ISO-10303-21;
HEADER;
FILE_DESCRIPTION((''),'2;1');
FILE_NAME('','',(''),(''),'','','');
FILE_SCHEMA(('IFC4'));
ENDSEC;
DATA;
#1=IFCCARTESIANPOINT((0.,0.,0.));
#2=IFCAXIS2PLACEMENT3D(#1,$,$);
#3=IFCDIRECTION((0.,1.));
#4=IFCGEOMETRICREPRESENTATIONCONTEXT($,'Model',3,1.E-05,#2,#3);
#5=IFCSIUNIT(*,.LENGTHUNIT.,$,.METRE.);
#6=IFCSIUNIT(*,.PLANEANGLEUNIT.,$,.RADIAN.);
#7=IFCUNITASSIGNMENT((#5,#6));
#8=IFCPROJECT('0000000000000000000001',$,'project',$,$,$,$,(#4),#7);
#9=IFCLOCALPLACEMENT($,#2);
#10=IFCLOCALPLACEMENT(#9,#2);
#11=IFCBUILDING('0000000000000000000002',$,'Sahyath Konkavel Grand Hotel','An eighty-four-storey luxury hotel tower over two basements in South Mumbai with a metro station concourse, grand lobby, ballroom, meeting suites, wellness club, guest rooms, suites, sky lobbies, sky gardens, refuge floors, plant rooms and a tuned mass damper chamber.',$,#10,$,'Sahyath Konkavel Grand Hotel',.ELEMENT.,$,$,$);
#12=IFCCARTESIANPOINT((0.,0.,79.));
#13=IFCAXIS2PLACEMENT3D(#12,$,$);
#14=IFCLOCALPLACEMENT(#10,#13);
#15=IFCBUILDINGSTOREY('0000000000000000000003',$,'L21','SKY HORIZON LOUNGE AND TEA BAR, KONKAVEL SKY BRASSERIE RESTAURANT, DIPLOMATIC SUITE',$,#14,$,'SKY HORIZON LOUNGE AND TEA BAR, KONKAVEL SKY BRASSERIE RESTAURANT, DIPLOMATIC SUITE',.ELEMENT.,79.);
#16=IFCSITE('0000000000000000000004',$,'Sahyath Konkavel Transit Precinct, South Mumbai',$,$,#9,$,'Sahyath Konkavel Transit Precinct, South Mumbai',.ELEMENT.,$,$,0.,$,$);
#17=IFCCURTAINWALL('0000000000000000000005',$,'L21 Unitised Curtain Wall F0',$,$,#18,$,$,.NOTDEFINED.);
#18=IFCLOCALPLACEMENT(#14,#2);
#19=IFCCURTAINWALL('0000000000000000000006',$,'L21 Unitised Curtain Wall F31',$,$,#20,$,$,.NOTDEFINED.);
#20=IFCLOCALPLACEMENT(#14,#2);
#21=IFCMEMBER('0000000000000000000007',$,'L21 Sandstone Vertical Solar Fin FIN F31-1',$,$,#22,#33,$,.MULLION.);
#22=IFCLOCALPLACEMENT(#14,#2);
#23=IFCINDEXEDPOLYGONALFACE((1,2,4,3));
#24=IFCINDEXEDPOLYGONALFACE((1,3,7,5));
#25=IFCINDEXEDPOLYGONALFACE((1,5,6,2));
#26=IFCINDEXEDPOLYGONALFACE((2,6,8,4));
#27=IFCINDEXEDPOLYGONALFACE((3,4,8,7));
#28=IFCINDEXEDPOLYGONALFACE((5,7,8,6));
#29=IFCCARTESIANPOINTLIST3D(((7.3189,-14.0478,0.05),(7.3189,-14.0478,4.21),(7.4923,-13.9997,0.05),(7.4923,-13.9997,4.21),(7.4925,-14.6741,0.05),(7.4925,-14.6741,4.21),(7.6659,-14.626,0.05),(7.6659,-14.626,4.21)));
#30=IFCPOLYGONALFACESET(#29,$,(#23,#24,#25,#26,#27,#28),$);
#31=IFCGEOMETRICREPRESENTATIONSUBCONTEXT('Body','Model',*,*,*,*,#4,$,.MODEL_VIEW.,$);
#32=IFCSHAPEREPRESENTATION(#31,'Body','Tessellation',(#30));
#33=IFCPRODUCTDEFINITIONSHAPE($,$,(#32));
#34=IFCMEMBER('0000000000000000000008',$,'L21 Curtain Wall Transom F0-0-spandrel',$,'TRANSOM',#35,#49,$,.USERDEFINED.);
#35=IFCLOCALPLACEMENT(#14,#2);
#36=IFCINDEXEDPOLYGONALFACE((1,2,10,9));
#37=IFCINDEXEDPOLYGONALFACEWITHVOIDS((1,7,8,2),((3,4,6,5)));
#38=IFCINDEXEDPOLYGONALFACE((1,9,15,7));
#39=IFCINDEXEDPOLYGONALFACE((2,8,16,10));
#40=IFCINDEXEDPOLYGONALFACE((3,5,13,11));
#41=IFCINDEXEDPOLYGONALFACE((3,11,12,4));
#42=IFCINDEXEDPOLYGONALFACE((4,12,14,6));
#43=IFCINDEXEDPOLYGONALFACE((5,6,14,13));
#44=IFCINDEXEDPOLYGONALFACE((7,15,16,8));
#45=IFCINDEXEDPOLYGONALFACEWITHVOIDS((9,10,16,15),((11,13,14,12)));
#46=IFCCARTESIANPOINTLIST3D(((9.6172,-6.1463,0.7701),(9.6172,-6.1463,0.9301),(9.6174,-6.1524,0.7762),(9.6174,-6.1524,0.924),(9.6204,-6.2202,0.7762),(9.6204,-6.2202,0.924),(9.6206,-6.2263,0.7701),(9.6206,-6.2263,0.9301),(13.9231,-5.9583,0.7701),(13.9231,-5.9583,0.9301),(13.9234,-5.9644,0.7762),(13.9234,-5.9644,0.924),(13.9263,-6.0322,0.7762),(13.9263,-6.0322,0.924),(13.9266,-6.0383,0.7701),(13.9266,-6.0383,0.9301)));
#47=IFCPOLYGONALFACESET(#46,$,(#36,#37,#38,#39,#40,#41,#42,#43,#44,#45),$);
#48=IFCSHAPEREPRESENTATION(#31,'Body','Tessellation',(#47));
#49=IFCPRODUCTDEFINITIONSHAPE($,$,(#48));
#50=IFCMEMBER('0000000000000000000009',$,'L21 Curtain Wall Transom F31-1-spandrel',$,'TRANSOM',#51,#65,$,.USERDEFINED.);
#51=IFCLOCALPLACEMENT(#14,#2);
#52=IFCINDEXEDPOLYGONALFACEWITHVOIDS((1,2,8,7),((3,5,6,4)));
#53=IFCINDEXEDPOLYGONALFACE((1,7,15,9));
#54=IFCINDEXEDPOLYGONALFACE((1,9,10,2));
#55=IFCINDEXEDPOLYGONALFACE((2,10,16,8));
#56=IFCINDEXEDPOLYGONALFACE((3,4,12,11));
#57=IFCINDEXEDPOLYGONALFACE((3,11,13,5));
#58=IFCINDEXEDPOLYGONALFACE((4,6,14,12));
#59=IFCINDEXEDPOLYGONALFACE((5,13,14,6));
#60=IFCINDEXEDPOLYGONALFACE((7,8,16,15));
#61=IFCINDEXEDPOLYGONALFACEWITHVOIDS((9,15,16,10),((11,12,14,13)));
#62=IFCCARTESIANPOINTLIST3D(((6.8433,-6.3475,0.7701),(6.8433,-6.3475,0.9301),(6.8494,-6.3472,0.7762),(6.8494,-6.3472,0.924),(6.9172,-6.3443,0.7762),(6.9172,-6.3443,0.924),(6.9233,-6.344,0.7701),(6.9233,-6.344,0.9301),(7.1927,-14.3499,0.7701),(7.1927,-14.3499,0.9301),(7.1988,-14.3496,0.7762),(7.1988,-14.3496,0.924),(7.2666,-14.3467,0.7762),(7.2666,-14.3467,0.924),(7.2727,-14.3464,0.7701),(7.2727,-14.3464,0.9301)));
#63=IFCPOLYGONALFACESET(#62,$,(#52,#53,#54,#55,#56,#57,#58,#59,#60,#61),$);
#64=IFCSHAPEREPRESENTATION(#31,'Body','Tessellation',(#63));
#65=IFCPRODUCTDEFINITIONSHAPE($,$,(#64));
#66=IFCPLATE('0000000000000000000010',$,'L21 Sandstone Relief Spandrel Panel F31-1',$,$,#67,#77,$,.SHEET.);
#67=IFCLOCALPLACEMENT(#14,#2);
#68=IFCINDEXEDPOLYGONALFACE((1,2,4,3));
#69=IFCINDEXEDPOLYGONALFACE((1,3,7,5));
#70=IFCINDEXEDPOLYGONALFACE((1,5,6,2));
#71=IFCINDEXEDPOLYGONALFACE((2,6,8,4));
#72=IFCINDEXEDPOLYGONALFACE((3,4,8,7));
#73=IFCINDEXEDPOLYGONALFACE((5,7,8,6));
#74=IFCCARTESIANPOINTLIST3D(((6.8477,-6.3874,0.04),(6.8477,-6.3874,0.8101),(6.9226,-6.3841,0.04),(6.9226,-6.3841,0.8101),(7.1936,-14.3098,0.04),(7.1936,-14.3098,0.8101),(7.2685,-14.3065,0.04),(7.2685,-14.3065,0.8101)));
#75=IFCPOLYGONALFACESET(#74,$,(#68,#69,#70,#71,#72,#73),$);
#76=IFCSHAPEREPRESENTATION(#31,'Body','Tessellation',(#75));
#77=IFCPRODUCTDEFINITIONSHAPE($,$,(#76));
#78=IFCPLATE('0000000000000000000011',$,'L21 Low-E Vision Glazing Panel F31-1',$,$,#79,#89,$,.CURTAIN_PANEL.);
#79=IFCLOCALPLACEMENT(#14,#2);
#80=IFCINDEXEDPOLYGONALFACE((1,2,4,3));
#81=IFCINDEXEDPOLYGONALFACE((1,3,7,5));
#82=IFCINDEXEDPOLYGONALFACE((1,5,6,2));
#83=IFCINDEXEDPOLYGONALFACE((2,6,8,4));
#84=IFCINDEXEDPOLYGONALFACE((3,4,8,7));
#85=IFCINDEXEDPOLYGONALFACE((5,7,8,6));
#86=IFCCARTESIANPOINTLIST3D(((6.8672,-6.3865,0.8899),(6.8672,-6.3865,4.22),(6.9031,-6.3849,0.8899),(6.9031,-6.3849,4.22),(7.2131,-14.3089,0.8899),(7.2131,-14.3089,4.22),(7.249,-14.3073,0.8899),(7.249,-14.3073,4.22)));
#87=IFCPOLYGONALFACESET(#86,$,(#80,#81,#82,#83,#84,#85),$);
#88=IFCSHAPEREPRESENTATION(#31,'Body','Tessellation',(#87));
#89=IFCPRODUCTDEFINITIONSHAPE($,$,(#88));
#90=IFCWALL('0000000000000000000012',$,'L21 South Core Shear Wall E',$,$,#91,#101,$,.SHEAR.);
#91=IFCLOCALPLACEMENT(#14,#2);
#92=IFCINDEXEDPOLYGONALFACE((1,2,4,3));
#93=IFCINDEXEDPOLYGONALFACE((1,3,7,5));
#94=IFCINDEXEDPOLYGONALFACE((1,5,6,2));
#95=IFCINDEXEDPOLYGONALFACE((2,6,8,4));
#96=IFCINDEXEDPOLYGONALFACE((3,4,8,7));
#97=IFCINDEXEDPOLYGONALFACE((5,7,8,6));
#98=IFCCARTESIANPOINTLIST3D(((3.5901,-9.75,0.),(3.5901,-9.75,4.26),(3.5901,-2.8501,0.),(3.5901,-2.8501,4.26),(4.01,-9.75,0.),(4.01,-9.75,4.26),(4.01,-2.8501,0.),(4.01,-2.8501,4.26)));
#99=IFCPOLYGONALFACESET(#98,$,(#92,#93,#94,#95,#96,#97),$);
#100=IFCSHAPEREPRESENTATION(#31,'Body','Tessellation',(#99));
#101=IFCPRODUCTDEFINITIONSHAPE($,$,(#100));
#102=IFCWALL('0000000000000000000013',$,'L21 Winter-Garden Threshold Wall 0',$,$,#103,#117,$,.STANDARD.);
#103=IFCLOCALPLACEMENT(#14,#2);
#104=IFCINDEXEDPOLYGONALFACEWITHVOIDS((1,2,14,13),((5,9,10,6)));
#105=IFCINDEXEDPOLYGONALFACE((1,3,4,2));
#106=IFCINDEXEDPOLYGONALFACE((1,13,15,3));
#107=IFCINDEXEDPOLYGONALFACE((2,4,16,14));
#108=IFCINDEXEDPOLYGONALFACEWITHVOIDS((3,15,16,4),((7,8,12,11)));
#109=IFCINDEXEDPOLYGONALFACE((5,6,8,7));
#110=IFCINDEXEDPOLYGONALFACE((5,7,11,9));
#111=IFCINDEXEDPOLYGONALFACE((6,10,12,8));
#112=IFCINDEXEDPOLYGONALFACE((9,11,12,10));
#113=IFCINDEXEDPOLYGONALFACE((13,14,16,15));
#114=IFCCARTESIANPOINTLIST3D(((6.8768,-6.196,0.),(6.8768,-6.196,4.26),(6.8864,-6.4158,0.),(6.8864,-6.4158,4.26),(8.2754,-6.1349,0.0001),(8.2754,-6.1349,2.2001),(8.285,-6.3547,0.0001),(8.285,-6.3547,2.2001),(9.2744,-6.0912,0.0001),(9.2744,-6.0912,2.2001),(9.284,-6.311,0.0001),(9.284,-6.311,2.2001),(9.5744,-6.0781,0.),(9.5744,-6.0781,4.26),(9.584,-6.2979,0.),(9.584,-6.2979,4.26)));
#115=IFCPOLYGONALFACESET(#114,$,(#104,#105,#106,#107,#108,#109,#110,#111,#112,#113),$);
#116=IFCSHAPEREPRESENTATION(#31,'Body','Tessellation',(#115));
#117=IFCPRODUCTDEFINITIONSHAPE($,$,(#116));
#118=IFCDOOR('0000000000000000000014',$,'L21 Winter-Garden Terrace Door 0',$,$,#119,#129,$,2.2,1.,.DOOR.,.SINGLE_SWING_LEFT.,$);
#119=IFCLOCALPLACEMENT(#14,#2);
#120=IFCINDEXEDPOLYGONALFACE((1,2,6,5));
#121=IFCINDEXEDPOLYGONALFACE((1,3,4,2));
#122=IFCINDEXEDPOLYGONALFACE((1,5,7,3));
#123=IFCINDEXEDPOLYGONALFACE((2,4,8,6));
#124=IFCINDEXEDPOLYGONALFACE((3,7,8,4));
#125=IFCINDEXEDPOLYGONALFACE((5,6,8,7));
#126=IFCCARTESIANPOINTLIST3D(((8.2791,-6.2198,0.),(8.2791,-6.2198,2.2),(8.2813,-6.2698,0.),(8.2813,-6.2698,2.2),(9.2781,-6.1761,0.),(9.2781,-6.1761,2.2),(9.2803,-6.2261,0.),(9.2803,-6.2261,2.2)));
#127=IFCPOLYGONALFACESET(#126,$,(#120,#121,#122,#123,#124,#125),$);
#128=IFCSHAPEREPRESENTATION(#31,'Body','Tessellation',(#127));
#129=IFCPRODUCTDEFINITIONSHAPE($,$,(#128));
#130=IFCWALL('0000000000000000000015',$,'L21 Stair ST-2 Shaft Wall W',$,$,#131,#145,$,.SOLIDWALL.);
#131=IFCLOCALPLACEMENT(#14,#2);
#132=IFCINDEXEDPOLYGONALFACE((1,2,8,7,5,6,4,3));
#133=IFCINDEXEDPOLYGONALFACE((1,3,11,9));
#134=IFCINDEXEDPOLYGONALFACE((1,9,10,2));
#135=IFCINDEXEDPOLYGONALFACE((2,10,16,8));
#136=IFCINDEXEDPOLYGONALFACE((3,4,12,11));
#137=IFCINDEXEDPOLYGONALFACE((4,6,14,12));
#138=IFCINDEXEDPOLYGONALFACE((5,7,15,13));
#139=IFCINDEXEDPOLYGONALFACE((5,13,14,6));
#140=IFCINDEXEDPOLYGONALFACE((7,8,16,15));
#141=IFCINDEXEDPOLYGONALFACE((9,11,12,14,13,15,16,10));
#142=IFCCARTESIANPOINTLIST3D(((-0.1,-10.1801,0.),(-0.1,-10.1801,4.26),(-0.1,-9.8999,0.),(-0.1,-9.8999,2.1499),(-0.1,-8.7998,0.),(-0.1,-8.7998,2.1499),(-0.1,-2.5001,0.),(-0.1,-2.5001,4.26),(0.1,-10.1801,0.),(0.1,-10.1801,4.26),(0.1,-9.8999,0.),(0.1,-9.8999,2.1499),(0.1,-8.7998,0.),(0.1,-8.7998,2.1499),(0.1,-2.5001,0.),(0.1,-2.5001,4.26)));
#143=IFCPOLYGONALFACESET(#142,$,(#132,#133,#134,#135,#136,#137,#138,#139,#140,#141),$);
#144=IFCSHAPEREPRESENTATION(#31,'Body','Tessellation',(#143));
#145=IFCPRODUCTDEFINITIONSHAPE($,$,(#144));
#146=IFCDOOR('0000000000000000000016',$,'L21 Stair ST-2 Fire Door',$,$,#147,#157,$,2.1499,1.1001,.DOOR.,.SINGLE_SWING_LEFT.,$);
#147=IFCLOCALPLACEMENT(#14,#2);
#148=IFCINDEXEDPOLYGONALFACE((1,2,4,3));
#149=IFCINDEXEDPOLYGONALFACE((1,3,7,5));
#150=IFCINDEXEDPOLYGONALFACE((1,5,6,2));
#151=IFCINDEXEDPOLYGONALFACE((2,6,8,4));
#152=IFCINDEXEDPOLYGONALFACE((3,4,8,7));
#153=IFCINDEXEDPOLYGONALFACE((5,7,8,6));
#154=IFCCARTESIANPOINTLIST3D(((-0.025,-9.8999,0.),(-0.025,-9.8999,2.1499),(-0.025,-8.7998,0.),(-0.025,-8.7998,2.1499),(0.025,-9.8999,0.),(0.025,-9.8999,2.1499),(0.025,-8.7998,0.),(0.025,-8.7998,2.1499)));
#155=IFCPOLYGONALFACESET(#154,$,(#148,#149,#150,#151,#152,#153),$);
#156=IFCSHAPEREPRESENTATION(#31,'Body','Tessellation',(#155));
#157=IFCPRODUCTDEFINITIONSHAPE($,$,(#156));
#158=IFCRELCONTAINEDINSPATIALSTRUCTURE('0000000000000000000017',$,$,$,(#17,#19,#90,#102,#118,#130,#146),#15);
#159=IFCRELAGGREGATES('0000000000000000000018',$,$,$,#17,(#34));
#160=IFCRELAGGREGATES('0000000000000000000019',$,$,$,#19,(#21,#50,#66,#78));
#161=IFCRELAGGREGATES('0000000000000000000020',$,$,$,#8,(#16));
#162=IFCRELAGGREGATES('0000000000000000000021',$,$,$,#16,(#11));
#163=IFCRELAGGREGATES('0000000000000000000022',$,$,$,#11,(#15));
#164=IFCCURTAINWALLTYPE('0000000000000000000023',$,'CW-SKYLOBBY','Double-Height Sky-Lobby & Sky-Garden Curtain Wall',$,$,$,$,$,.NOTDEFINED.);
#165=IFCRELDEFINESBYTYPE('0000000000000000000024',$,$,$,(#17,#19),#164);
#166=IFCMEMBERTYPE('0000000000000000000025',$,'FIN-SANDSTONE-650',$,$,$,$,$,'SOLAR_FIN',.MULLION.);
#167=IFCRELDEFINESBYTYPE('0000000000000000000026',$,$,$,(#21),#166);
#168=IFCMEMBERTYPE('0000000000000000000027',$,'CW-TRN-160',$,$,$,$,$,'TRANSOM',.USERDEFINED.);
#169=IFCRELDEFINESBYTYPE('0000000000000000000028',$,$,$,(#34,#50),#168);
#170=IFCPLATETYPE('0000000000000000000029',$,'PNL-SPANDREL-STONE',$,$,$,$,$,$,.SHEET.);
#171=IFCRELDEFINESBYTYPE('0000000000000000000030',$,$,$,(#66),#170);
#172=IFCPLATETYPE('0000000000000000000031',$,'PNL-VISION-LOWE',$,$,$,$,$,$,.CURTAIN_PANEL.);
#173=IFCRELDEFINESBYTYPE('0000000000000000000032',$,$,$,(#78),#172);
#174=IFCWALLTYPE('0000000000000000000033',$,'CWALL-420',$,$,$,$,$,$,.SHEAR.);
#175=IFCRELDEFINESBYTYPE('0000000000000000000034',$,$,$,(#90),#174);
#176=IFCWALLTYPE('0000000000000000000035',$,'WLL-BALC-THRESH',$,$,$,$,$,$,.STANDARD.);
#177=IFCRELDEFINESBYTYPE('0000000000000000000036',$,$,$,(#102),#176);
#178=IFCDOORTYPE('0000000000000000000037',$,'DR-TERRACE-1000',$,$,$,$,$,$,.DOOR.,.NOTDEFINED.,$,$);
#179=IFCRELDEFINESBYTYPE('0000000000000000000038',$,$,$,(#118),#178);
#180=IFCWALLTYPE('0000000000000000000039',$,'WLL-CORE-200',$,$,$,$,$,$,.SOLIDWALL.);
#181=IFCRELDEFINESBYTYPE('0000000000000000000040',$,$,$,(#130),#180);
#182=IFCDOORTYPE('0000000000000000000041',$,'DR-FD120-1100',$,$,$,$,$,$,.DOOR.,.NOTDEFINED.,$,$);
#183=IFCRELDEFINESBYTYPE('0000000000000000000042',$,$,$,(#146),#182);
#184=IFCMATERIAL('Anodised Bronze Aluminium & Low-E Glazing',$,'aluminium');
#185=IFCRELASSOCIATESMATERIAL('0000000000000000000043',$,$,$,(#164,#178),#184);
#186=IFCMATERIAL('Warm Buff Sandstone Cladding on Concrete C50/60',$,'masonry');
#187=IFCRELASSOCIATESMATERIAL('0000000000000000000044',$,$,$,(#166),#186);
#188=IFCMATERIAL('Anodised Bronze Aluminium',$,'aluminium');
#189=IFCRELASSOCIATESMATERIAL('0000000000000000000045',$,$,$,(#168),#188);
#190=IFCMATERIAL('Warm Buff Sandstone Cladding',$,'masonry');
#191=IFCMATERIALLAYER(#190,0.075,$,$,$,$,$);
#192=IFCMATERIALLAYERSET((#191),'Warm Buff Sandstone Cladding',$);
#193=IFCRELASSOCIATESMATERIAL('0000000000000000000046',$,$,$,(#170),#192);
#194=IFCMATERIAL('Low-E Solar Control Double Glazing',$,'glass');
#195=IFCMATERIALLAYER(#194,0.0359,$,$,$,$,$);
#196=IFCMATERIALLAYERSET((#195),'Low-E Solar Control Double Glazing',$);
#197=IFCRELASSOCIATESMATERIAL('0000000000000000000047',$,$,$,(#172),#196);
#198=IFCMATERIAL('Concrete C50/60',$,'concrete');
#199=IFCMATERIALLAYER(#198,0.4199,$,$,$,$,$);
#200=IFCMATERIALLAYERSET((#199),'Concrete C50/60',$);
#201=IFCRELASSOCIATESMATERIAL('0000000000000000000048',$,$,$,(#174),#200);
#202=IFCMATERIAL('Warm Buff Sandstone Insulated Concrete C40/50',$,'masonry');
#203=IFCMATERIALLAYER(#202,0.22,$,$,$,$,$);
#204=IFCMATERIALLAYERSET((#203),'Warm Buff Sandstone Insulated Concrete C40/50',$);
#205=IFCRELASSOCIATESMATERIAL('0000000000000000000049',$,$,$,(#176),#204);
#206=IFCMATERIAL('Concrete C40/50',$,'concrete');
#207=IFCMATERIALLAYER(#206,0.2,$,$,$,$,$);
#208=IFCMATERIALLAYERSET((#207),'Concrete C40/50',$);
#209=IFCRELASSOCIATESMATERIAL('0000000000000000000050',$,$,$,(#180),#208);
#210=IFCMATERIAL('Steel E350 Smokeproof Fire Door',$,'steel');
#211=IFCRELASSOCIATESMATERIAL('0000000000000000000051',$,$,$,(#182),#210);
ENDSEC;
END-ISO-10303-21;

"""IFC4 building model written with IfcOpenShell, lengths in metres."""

from ifc_helpers import new_model, si_unit, direction, frame, frame_2d, origin, origin_2d, place, context, subcontext, project, spatial, rectangle, hollow_rectangle, extrude, source, transform, mapped, material, layer, layer_set, material_profile, profile_set, type_object, element, fill, aggregate, save


model = new_model("IFC4")

# Units and contexts
model_context = context("Model", 3, precision=1e-05, world=origin(), true_north=direction((0.0, 1.0)))
body_context = subcontext(model_context, "Body", "Model", "MODEL_VIEW")
ifc_project = project(units=[si_unit("LENGTHUNIT", "METRE"), si_unit("PLANEANGLEUNIT", "RADIAN")], contexts=[model_context])

# Site, building, storey
site_placement = place(None, origin())
site = spatial("IfcSite", under=ifc_project, at=site_placement, Name="Sahyath Konkavel Transit Precinct, South Mumbai", LongName="Sahyath Konkavel Transit Precinct, South Mumbai", CompositionType="ELEMENT", RefElevation=0.0)
building_placement = place(site_placement, origin())
building = spatial("IfcBuilding", under=site, at=building_placement, Name="Sahyath Konkavel Grand Hotel", Description="An eighty-four-storey luxury hotel tower over two basements in South Mumbai with a metro station concourse, grand lobby, ballroom, meeting suites, wellness club, guest rooms, suites, sky lobbies, sky gardens, refuge floors, plant rooms and a tuned mass damper chamber.", LongName="Sahyath Konkavel Grand Hotel", CompositionType="ELEMENT")
storey_placement = place(building_placement, frame((0.0, 0.0, 79.0)))
storey = spatial("IfcBuildingStorey", under=building, at=storey_placement, Name="L21", Description="SKY HORIZON LOUNGE AND TEA BAR, KONKAVEL SKY BRASSERIE RESTAURANT, DIPLOMATIC SUITE", LongName="SKY HORIZON LOUNGE AND TEA BAR, KONKAVEL SKY BRASSERIE RESTAURANT, DIPLOMATIC SUITE", CompositionType="ELEMENT", Elevation=79.0)

# Curtain wall
ifc_material_1 = material(Name="Anodised Bronze Aluminium & Low-E Glazing", Category="aluminium")
curtain_wall_type = type_object("IfcCurtainWallType", Name="CW-SKYLOBBY", Description="Double-Height Sky-Lobby & Sky-Garden Curtain Wall", PredefinedType="NOTDEFINED", material=ifc_material_1)
curtain_wall_1_placement = place(storey_placement, origin())
curtain_wall_1 = element("IfcCurtainWall", 1, at=curtain_wall_1_placement, inside=storey, type_object=curtain_wall_type, Name="L21 Unitised Curtain Wall F0", PredefinedType="NOTDEFINED")
ifc_material_2 = material(Name="Anodised Bronze Aluminium", Category="aluminium")

# Curtain wall
curtain_wall_2_placement = place(storey_placement, origin())
curtain_wall_2 = element("IfcCurtainWall", 2, at=curtain_wall_2_placement, inside=storey, type_object=curtain_wall_type, Name="L21 Unitised Curtain Wall F31", PredefinedType="NOTDEFINED")

# Members
ifc_material_3 = material(Name="Warm Buff Sandstone Cladding on Concrete C50/60", Category="masonry")
ifc_material_profile_1 = material_profile(ifc_material_3, rectangle(XDim=0.1799, YDim=0.6499, at=origin_2d()), Name="FIN 180x650")
ifc_profile_set_1 = profile_set([ifc_material_profile_1], Name="Warm Buff Sandstone Cladding on Concrete C50/60")
member_type_1 = type_object("IfcMemberType", Name="FIN-SANDSTONE-650", ElementType="SOLAR_FIN", PredefinedType="MULLION", material=ifc_profile_set_1)
shared_shape_1 = source(origin(), body_context, "Body", "SweptSolid", [
    extrude(rectangle(XDim=0.1799, YDim=0.6499, at=origin_2d()), origin(), (0.0, 0.0, 1.0), 4.1599),
])
member_1_placement = place(storey_placement, frame((7.4924, -14.3369, 0.05), z_axis=(0.0, 0.0, 1.0), x_axis=(0.963677, 0.26707, 0.0)))
member_1 = element("IfcMember", 3, at=member_1_placement, type_object=member_type_1, Name="L21 Sandstone Vertical Solar Fin FIN F31-1", PredefinedType="MULLION", context=body_context, shape_type="MappedRepresentation", body=[
    mapped(shared_shape_1, transform((0.0, 0.0, 0.0), scale=1.0)),
])
ifc_material_profile_2 = material_profile(ifc_material_2, hollow_rectangle(XDim=0.0801, YDim=0.1599, WallThickness=0.0061, at=origin_2d()), Name="RHS 160x80x6")
ifc_profile_set_2 = profile_set([ifc_material_profile_2], Name="Anodised Bronze Aluminium")
member_type_2 = type_object("IfcMemberType", Name="CW-TRN-160", ElementType="TRANSOM", PredefinedType="USERDEFINED", material=ifc_profile_set_2)
shared_shape_2 = source(origin(), body_context, "Body", "SweptSolid", [
    extrude(hollow_rectangle(XDim=0.0801, YDim=0.1599, WallThickness=0.0061, at=origin_2d()), origin(), (0.0, 0.0, 1.0), 4.3101),
])
member_2_placement = place(storey_placement, frame((9.6189, -6.1863, 0.8501), z_axis=(0.999048, 0.043617, 0.0), x_axis=(-0.043617, 0.999048, 0.0)))
member_2 = element("IfcMember", 4, at=member_2_placement, type_object=member_type_2, Name="L21 Curtain Wall Transom F0-0-spandrel", ObjectType="TRANSOM", PredefinedType="USERDEFINED", context=body_context, shape_type="MappedRepresentation", body=[
    mapped(shared_shape_2, transform((0.0, 0.0, 0.0), scale=1.0)),
])
aggregate(curtain_wall_1, [member_2])
shared_shape_3 = source(origin(), body_context, "Body", "SweptSolid", [
    extrude(hollow_rectangle(XDim=0.0801, YDim=0.1599, WallThickness=0.0061, at=origin_2d()), origin(), (0.0, 0.0, 1.0), 8.01),
])
member_3_placement = place(storey_placement, frame((7.2327, -14.3481, 0.8501), z_axis=(-0.043616, 0.999048, 0.0), x_axis=(-0.999048, -0.043616, 0.0)))
member_3 = element("IfcMember", 5, at=member_3_placement, type_object=member_type_2, Name="L21 Curtain Wall Transom F31-1-spandrel", ObjectType="TRANSOM", PredefinedType="USERDEFINED", context=body_context, shape_type="MappedRepresentation", body=[
    mapped(shared_shape_3, transform((0.0, 0.0, 0.0), scale=1.0)),
])

# Plates
ifc_material_4 = material(Name="Warm Buff Sandstone Cladding", Category="masonry")
ifc_layer_1 = layer(ifc_material_4, 0.075)
ifc_layer_set_1 = layer_set([ifc_layer_1], Name="Warm Buff Sandstone Cladding")
plate_type_1 = type_object("IfcPlateType", Name="PNL-SPANDREL-STONE", PredefinedType="SHEET", material=ifc_layer_set_1)
shared_shape_4 = source(origin(), body_context, "Body", "SweptSolid", [
    extrude(rectangle(XDim=7.9299, YDim=0.075, at=origin_2d()), origin(), (0.0, 0.0, 1.0), 0.77),
])
plate_1_placement = place(storey_placement, frame((7.0581, -10.3469, 0.04), z_axis=(0.0, 0.0, 1.0), x_axis=(-0.043619, 0.999048, 0.0)))
plate_1 = element("IfcPlate", 6, at=plate_1_placement, type_object=plate_type_1, Name="L21 Sandstone Relief Spandrel Panel F31-1", PredefinedType="SHEET", context=body_context, shape_type="MappedRepresentation", body=[
    mapped(shared_shape_4, transform((0.0, 0.0, 0.0), scale=1.0)),
])
ifc_material_5 = material(Name="Low-E Solar Control Double Glazing", Category="glass")
ifc_layer_2 = layer(ifc_material_5, 0.0359)
ifc_layer_set_2 = layer_set([ifc_layer_2], Name="Low-E Solar Control Double Glazing")
plate_type_2 = type_object("IfcPlateType", Name="PNL-VISION-LOWE", PredefinedType="CURTAIN_PANEL", material=ifc_layer_set_2)
shared_shape_5 = source(origin(), body_context, "Body", "SweptSolid", [
    extrude(rectangle(XDim=7.9299, YDim=0.0359, at=origin_2d()), origin(), (0.0, 0.0, 1.0), 3.3301),
])
plate_2_placement = place(storey_placement, frame((7.0581, -10.3469, 0.8899), z_axis=(0.0, 0.0, 1.0), x_axis=(-0.043619, 0.999048, 0.0)))
plate_2 = element("IfcPlate", 7, at=plate_2_placement, type_object=plate_type_2, Name="L21 Low-E Vision Glazing Panel F31-1", PredefinedType="CURTAIN_PANEL", context=body_context, shape_type="MappedRepresentation", body=[
    mapped(shared_shape_5, transform((0.0, 0.0, 0.0), scale=1.0)),
])
aggregate(curtain_wall_2, [member_1, member_3, plate_1, plate_2])

# Wall
ifc_material_6 = material(Name="Concrete C50/60", Category="concrete")
ifc_layer_3 = layer(ifc_material_6, 0.4199)
ifc_layer_set_3 = layer_set([ifc_layer_3], Name="Concrete C50/60")
wall_type_1 = type_object("IfcWallType", Name="CWALL-420", PredefinedType="SHEAR", material=ifc_layer_set_3)
wall_1_placement = place(storey_placement, frame((3.8, -9.75, 0.0), z_axis=(0.0, 0.0, 1.0), x_axis=(0.0, 1.0, 0.0)))
element("IfcWall", 8, at=wall_1_placement, inside=storey, type_object=wall_type_1, Name="L21 South Core Shear Wall E", PredefinedType="SHEAR", context=body_context, shape_type="SweptSolid", body=[
    extrude(rectangle(XDim=6.8999, YDim=0.4199, at=frame_2d((3.45, 0.0))), origin(), (0.0, 0.0, 1.0), 4.26),
])

# Walls, openings, doors
ifc_material_7 = material(Name="Warm Buff Sandstone Insulated Concrete C40/50", Category="masonry")
ifc_layer_4 = layer(ifc_material_7, 0.22)
ifc_layer_set_4 = layer_set([ifc_layer_4], Name="Warm Buff Sandstone Insulated Concrete C40/50")
wall_type_2 = type_object("IfcWallType", Name="WLL-BALC-THRESH", PredefinedType="STANDARD", material=ifc_layer_set_4)
wall_2_placement = place(storey_placement, frame((6.8816, -6.3059, 0.0), z_axis=(0.0, 0.0, 1.0), x_axis=(0.999046, 0.043673, 0.0)))
wall_2 = element("IfcWall", 9, at=wall_2_placement, inside=storey, type_object=wall_type_2, Name="L21 Winter-Garden Threshold Wall 0", PredefinedType="STANDARD", context=body_context, shape_type="SweptSolid", body=[
    extrude(rectangle(XDim=2.7002, YDim=0.22, at=frame_2d((1.3501, 0.0))), origin(), (0.0, 0.0, 1.0), 4.26),
])
opening_1_placement = place(wall_2_placement, frame((1.3999, 0.0, 0.0)))
opening_1 = element("IfcOpeningElement", 10, at=opening_1_placement, cuts=wall_2, PredefinedType="OPENING", context=body_context, shape_type="SweptSolid", body=[
    extrude(rectangle(XDim=1.0, YDim=2.2, at=frame_2d((0.5, 1.1001))), frame((0.0, 0.1201, 0.0), z_axis=(0.0, -1.0, 0.0), x_axis=(1.0, 0.0, 0.0)), (0.0, 0.0, 1.0), 0.24),
])
door_type_1 = type_object("IfcDoorType", Name="DR-TERRACE-1000", OperationType="NOTDEFINED", PredefinedType="DOOR", material=ifc_material_1)
shared_shape_6 = source(origin(), body_context, "Body", "SweptSolid", [
    extrude(rectangle(XDim=1.0, YDim=0.05, at=origin_2d()), origin(), (0.0, 0.0, 1.0), 2.2),
])
door_1_placement = place(opening_1_placement, frame((0.5, 0.0, 0.0)))
door_1 = element("IfcDoor", 11, at=door_1_placement, inside=storey, type_object=door_type_1, Name="L21 Winter-Garden Terrace Door 0", OperationType="SINGLE_SWING_LEFT", OverallHeight=2.2, OverallWidth=1.0, PredefinedType="DOOR", context=body_context, shape_type="MappedRepresentation", body=[
    mapped(shared_shape_6, transform((0.0, 0.0, 0.0), scale=1.0)),
])
fill(opening_1, door_1)
ifc_material_8 = material(Name="Concrete C40/50", Category="concrete")
ifc_layer_5 = layer(ifc_material_8, 0.2)
ifc_layer_set_5 = layer_set([ifc_layer_5], Name="Concrete C40/50")
wall_type_3 = type_object("IfcWallType", Name="WLL-CORE-200", PredefinedType="SOLIDWALL", material=ifc_layer_set_5)
wall_3_placement = place(storey_placement, frame((0.0, -10.1799, 0.0), z_axis=(0.0, 0.0, 1.0), x_axis=(0.0, 1.0, 0.0)))
wall_3 = element("IfcWall", 12, at=wall_3_placement, inside=storey, type_object=wall_type_3, Name="L21 Stair ST-2 Shaft Wall W", PredefinedType="SOLIDWALL", context=body_context, shape_type="SweptSolid", body=[
    extrude(rectangle(XDim=7.6799, YDim=0.2, at=frame_2d((3.8398, 0.0))), origin(), (0.0, 0.0, 1.0), 4.26),
])
opening_2_placement = place(wall_3_placement, frame((0.28, 0.0, 0.0)))
opening_2 = element("IfcOpeningElement", 13, at=opening_2_placement, cuts=wall_3, PredefinedType="OPENING", context=body_context, shape_type="SweptSolid", body=[
    extrude(rectangle(XDim=1.1001, YDim=2.1499, at=frame_2d((0.55, 1.075))), frame((0.0, 0.1099, 0.0), z_axis=(0.0, -1.0, 0.0), x_axis=(1.0, 0.0, 0.0)), (0.0, 0.0, 1.0), 0.22),
])
ifc_material_9 = material(Name="Steel E350 Smokeproof Fire Door", Category="steel")
door_type_2 = type_object("IfcDoorType", Name="DR-FD120-1100", OperationType="NOTDEFINED", PredefinedType="DOOR", material=ifc_material_9)
shared_shape_7 = source(origin(), body_context, "Body", "SweptSolid", [
    extrude(rectangle(XDim=1.1001, YDim=0.05, at=origin_2d()), origin(), (0.0, 0.0, 1.0), 2.1499),
])
door_2_placement = place(opening_2_placement, frame((0.55, 0.0, 0.0)))
door_2 = element("IfcDoor", 14, at=door_2_placement, inside=storey, type_object=door_type_2, Name="L21 Stair ST-2 Fire Door", OperationType="SINGLE_SWING_LEFT", OverallHeight=2.1499, OverallWidth=1.1001, PredefinedType="DOOR", context=body_context, shape_type="MappedRepresentation", body=[
    mapped(shared_shape_7, transform((0.0, 0.0, 0.0), scale=1.0)),
])
fill(opening_2, door_2)

save(model, "model.ifc")
